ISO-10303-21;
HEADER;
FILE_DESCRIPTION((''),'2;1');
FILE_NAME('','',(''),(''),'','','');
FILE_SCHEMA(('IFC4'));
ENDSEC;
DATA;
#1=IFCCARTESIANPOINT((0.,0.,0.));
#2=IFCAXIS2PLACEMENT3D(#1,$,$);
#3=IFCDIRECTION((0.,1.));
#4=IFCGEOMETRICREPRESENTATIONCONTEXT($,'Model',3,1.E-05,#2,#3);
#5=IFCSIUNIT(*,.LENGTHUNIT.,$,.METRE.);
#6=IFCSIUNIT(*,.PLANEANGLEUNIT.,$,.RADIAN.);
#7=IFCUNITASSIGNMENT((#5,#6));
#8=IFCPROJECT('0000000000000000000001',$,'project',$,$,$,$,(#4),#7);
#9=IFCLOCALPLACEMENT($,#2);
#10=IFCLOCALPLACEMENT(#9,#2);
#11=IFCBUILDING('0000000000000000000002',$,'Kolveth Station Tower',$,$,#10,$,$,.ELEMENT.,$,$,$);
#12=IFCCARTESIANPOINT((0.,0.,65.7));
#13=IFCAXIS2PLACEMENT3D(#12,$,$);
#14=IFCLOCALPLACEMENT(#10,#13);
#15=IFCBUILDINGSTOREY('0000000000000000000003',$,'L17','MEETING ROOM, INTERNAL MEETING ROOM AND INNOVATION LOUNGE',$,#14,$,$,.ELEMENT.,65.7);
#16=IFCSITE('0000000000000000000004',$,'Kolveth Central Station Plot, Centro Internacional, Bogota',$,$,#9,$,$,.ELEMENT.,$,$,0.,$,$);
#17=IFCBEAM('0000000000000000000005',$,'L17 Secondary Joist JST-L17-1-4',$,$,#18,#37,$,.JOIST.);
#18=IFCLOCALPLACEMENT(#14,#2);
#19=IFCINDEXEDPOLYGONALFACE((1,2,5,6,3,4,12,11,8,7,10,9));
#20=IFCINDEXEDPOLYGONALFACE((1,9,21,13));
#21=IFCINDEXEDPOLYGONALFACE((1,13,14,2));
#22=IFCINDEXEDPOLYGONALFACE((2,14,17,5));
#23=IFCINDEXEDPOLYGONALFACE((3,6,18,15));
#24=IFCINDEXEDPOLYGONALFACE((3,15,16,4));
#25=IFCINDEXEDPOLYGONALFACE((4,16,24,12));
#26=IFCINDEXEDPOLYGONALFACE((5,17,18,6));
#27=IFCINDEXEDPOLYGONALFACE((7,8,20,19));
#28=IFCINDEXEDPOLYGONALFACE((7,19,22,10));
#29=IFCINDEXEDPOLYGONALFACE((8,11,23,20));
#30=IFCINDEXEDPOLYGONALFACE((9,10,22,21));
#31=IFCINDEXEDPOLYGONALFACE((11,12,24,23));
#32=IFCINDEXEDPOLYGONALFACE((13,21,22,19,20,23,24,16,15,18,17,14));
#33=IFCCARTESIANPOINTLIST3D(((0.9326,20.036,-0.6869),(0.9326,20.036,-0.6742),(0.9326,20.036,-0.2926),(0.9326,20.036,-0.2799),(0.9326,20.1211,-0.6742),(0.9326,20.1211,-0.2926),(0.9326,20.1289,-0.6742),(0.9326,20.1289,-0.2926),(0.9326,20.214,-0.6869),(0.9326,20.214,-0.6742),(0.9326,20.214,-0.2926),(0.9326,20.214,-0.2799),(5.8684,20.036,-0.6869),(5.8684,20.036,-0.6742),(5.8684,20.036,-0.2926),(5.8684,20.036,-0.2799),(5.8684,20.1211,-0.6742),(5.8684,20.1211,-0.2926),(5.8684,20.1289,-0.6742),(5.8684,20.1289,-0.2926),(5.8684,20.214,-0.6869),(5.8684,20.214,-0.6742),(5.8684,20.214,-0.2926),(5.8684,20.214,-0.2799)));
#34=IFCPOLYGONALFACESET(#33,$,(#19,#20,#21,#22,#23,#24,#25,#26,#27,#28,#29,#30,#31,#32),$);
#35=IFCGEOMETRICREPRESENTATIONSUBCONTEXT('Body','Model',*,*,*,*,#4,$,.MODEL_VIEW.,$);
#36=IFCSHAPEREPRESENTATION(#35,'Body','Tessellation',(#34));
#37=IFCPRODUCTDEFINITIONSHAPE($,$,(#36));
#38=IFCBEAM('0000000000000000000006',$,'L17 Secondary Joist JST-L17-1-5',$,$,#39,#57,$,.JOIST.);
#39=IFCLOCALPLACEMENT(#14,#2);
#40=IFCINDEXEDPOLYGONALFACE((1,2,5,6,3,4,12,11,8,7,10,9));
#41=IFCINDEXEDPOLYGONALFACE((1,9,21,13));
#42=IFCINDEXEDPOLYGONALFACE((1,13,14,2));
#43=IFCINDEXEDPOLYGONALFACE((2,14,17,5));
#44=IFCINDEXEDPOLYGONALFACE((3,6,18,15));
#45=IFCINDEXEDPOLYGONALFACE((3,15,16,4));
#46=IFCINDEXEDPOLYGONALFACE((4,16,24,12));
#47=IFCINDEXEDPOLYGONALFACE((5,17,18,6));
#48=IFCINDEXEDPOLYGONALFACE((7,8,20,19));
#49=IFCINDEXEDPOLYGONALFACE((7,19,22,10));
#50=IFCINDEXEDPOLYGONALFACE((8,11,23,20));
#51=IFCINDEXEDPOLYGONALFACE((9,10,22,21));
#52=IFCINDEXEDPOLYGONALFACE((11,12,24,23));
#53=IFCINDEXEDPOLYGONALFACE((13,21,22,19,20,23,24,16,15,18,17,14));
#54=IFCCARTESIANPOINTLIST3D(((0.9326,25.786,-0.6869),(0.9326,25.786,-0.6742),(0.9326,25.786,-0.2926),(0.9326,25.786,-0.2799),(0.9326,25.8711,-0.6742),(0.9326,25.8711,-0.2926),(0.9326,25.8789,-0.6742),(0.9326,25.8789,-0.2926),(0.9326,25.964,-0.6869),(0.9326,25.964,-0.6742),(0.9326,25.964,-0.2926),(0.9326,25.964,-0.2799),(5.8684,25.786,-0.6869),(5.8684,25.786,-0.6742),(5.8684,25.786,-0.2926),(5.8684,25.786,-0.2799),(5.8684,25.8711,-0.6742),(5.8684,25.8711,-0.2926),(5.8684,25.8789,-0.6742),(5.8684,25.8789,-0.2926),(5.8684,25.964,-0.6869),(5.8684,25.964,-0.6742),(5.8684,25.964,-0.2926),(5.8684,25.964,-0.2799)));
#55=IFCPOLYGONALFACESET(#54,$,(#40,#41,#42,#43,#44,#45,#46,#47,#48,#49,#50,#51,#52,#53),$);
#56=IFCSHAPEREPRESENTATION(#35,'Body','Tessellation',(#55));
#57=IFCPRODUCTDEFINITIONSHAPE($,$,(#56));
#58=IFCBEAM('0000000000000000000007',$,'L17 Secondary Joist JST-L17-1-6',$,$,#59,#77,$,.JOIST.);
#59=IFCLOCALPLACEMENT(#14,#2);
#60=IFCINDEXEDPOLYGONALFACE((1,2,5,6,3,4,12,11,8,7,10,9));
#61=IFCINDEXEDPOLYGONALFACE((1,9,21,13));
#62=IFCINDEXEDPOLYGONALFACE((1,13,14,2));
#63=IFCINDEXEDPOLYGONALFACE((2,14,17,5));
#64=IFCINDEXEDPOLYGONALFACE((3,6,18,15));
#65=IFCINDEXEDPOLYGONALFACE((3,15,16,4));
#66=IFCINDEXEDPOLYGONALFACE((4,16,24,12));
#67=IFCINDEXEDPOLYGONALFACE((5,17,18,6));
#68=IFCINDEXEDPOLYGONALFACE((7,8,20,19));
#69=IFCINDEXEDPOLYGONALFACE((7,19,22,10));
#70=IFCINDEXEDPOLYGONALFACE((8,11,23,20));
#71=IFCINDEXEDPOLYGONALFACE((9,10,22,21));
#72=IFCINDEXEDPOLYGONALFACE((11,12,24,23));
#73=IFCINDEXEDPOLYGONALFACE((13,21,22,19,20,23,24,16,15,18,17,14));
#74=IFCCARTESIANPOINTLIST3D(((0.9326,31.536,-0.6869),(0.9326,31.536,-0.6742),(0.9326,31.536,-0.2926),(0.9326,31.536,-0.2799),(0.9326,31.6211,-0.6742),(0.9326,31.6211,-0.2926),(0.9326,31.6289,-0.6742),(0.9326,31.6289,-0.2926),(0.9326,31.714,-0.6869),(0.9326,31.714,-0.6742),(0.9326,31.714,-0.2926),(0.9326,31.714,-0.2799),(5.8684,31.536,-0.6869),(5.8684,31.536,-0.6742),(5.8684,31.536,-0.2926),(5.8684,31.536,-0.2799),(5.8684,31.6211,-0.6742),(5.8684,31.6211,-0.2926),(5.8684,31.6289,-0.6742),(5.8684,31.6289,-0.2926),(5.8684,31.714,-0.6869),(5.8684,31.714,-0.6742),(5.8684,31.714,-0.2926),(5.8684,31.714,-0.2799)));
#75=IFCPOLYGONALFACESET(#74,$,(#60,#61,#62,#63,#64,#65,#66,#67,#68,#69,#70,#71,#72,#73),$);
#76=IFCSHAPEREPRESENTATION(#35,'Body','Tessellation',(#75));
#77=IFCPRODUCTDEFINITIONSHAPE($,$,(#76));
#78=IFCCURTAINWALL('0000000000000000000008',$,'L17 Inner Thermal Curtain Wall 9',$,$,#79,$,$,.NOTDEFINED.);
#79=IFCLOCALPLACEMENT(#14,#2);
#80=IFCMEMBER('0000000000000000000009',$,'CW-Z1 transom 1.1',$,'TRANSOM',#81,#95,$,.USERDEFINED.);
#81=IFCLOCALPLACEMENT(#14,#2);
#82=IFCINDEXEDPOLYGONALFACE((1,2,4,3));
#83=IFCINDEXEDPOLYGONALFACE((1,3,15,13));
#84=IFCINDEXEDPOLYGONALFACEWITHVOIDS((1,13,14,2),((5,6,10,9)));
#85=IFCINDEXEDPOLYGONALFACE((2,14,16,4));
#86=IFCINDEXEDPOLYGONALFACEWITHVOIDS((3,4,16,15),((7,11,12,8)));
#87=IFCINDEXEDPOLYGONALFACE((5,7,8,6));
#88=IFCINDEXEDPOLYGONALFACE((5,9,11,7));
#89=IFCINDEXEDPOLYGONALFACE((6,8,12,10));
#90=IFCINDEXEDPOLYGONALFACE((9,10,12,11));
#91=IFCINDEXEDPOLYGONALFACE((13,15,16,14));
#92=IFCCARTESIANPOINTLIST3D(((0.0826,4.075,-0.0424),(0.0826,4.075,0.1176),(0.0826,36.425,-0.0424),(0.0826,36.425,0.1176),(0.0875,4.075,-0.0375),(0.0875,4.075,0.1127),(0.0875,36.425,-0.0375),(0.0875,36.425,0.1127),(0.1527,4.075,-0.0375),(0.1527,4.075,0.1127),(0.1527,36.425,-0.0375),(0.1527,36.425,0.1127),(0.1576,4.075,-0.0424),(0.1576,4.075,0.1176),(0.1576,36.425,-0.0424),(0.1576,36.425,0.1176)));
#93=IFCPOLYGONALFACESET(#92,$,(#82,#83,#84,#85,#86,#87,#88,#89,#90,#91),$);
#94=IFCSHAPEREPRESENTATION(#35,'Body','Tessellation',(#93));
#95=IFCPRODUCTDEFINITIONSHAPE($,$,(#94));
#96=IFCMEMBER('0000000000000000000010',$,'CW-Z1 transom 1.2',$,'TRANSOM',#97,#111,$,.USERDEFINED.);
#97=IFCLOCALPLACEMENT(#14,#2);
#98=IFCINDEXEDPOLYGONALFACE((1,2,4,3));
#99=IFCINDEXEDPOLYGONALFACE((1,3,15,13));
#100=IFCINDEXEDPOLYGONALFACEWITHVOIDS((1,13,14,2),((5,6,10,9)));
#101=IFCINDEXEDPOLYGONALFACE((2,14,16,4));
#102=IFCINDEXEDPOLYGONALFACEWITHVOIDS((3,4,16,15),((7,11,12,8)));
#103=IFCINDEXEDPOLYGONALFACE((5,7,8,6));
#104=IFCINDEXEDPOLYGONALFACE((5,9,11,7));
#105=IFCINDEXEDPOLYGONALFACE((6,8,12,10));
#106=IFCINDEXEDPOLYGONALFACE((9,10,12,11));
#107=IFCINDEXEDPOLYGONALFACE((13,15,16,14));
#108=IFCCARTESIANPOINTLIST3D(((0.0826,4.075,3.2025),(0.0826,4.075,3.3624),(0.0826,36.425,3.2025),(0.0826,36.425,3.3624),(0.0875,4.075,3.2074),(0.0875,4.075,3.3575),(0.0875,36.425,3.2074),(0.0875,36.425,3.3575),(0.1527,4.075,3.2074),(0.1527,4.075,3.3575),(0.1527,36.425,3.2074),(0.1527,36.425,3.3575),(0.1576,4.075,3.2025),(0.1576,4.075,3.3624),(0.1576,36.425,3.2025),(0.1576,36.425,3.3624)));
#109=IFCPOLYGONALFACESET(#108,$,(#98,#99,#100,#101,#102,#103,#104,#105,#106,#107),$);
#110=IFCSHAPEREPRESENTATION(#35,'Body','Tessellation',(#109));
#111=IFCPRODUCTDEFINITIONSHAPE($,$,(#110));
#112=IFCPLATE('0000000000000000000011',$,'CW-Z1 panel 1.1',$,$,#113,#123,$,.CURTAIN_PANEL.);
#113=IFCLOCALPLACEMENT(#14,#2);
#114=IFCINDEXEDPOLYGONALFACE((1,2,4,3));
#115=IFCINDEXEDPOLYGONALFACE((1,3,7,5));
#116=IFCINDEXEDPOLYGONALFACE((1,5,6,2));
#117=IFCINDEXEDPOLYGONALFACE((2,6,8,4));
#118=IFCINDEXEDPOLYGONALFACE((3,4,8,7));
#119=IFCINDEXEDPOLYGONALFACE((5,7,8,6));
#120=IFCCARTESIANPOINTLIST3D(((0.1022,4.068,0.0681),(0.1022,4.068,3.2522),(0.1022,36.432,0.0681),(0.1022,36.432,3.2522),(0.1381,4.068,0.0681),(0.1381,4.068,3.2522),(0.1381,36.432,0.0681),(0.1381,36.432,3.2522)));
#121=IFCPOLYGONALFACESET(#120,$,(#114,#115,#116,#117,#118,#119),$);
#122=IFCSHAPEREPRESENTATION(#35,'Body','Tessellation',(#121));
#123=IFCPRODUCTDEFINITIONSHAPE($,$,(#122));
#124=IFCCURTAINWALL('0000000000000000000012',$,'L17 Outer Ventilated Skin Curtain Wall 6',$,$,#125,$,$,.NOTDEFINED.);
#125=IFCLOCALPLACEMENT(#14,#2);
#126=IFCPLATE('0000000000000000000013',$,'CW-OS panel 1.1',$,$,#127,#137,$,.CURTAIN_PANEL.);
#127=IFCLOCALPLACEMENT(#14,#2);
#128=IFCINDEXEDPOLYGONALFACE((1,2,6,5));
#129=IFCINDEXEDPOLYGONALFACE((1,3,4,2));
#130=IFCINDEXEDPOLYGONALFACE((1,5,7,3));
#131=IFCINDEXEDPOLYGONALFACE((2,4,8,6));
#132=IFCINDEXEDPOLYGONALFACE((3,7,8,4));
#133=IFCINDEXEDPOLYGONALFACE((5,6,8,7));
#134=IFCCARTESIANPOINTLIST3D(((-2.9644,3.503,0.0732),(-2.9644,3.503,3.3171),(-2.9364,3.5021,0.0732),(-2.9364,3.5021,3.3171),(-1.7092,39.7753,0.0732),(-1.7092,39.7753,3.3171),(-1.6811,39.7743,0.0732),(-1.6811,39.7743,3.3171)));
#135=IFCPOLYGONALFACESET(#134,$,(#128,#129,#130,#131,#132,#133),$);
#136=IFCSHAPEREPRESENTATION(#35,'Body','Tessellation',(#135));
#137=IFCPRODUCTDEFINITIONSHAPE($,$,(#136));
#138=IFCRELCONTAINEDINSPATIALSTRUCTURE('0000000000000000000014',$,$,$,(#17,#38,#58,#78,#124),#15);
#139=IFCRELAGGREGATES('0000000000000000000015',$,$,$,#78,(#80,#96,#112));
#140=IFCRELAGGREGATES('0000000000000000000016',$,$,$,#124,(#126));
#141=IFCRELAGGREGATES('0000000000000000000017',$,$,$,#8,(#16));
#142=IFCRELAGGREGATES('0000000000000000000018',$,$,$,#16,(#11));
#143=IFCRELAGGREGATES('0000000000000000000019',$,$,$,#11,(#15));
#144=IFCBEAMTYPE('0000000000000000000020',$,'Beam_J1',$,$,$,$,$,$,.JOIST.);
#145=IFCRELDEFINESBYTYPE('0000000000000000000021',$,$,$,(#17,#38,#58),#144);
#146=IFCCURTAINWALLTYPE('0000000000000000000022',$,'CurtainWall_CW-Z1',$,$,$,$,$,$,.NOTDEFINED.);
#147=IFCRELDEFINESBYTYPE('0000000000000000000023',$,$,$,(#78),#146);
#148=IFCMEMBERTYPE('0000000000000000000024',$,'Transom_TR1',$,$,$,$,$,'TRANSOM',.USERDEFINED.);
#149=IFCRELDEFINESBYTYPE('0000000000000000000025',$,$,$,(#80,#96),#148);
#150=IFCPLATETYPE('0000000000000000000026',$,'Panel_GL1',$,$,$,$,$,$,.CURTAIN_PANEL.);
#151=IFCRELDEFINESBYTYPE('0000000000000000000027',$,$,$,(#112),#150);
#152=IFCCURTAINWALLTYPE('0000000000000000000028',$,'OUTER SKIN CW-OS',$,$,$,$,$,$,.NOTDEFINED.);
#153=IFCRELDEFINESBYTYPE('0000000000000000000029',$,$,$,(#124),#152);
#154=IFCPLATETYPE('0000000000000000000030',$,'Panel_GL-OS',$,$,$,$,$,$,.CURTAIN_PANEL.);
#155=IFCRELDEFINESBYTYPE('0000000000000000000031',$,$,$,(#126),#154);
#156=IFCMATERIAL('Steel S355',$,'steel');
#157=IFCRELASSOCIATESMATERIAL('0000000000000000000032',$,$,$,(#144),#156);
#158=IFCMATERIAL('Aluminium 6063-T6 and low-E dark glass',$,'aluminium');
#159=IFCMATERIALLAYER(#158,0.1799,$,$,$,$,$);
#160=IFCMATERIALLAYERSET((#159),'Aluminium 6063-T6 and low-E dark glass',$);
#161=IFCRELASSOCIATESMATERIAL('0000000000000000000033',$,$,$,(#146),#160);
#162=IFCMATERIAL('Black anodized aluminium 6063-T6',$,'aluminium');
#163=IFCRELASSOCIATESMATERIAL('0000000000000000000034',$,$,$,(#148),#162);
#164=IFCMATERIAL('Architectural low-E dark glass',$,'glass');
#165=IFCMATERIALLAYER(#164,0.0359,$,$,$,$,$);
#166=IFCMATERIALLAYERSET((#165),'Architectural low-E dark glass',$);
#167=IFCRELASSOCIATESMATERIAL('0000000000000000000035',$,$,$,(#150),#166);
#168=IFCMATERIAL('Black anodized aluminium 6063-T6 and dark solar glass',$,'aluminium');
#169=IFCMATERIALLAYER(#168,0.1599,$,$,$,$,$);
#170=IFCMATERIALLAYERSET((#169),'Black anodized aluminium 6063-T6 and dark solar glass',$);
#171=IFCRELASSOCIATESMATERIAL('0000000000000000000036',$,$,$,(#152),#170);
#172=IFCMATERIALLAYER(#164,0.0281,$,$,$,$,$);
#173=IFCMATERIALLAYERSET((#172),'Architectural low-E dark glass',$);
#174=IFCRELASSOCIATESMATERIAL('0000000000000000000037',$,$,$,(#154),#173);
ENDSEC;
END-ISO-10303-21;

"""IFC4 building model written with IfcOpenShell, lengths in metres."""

from ifc_helpers import new_model, si_unit, direction, frame, origin, origin_2d, place, context, subcontext, project, spatial, rectangle, hollow_rectangle, i_section, extrude, source, transform, mapped, material, layer, layer_set, material_profile, profile_set, type_object, element, aggregate, save


model = new_model("IFC4")

# Units and contexts
model_context = context("Model", 3, precision=1e-05, world=origin(), true_north=direction((0.0, 1.0)))
body_context = subcontext(model_context, "Body", "Model", "MODEL_VIEW")
ifc_project = project(units=[si_unit("LENGTHUNIT", "METRE"), si_unit("PLANEANGLEUNIT", "RADIAN")], contexts=[model_context])

# Site, building, storey
site_placement = place(None, origin())
site = spatial("IfcSite", under=ifc_project, at=site_placement, Name="Kolveth Central Station Plot, Centro Internacional, Bogota", CompositionType="ELEMENT", RefElevation=0.0)
building_placement = place(site_placement, origin())
building = spatial("IfcBuilding", under=site, at=building_placement, Name="Kolveth Station Tower", CompositionType="ELEMENT")
storey_placement = place(building_placement, frame((0.0, 0.0, 65.7)))
storey = spatial("IfcBuildingStorey", under=building, at=storey_placement, Name="L17", Description="MEETING ROOM, INTERNAL MEETING ROOM AND INNOVATION LOUNGE", CompositionType="ELEMENT", Elevation=65.7)

# Shared definitions
ifc_material_1 = material(Name="Steel S355", Category="steel")

# Beams
ifc_material_profile_1 = material_profile(ifc_material_1, i_section(OverallWidth=0.178, OverallDepth=0.407, WebThickness=0.0078, FlangeThickness=0.0127, at=origin_2d()), Name="W410x60")
ifc_profile_set_1 = profile_set([ifc_material_profile_1], Name="Steel S355")
beam_type_1 = type_object("IfcBeamType", Name="Beam_J1", PredefinedType="JOIST", material=ifc_profile_set_1)
shared_shape_1 = source(origin(), body_context, "Body", "SweptSolid", [
    extrude(i_section(OverallWidth=0.178, OverallDepth=0.407, WebThickness=0.0078, FlangeThickness=0.0127, at=origin_2d()), origin(), (0.0, 0.0, 1.0), 4.9358),
])
for number, where, z_axis, x_axis, name in (
    (1, (0.9326, 20.125, -0.4834), (1.0, 0.0, 0.0), (0.0, 1.0, 0.0), "L17 Secondary Joist JST-L17-1-4"),
    (2, (0.9326, 25.875, -0.4834), (1.0, 0.0, 0.0), (0.0, 1.0, 0.0), "L17 Secondary Joist JST-L17-1-5"),
    (3, (0.9326, 31.625, -0.4834), (1.0, 0.0, 0.0), (0.0, 1.0, 0.0), "L17 Secondary Joist JST-L17-1-6"),
):
    element("IfcBeam", number, at=place(storey_placement, frame(where, z_axis=z_axis, x_axis=x_axis)), inside=storey, type_object=beam_type_1, Name=name, PredefinedType="JOIST", context=body_context, shape_type="MappedRepresentation", body=[
        mapped(shared_shape_1, transform((0.0, 0.0, 0.0), x_axis=(1.0, 0.0, 0.0), y_axis=(0.0, 1.0, 0.0), z_axis=(0.0, 0.0, 1.0), scale=1.0)),
    ])

# Curtain wall, members, plate
ifc_material_2 = material(Name="Aluminium 6063-T6 and low-E dark glass", Category="aluminium")
ifc_layer_1 = layer(ifc_material_2, 0.1799)
ifc_layer_set_1 = layer_set([ifc_layer_1], Name="Aluminium 6063-T6 and low-E dark glass")
curtain_wall_type_1 = type_object("IfcCurtainWallType", Name="CurtainWall_CW-Z1", PredefinedType="NOTDEFINED", material=ifc_layer_set_1)
curtain_wall_1_placement = place(storey_placement, origin())
curtain_wall_1 = element("IfcCurtainWall", 4, at=curtain_wall_1_placement, inside=storey, type_object=curtain_wall_type_1, Name="L17 Inner Thermal Curtain Wall 9", PredefinedType="NOTDEFINED")
ifc_material_3 = material(Name="Black anodized aluminium 6063-T6", Category="aluminium")
ifc_material_profile_2 = material_profile(ifc_material_3, hollow_rectangle(XDim=0.075, YDim=0.1599, WallThickness=0.0049, at=origin_2d()), Name="ALU-75x160x5")
ifc_profile_set_2 = profile_set([ifc_material_profile_2], Name="Black anodized aluminium 6063-T6")
member_type = type_object("IfcMemberType", Name="Transom_TR1", ElementType="TRANSOM", PredefinedType="USERDEFINED", material=ifc_profile_set_2)
shared_shape_2 = source(origin(), body_context, "Body", "SweptSolid", [
    extrude(hollow_rectangle(XDim=0.075, YDim=0.1599, WallThickness=0.0049, at=origin_2d()), origin(), (0.0, 0.0, 1.0), 32.3501),
])
member_1_placement = place(storey_placement, frame((0.1201, 36.425, 0.0376), z_axis=(0.0, -1.0, 0.0), x_axis=(1.0, 0.0, 0.0)))
member_1 = element("IfcMember", 5, at=member_1_placement, type_object=member_type, Name="CW-Z1 transom 1.1", ObjectType="TRANSOM", PredefinedType="USERDEFINED", context=body_context, shape_type="MappedRepresentation", body=[
    mapped(shared_shape_2, transform((0.0, 0.0, 0.0), x_axis=(1.0, 0.0, 0.0), y_axis=(0.0, 1.0, 0.0), z_axis=(0.0, 0.0, 1.0), scale=1.0)),
])
member_2_placement = place(storey_placement, frame((0.1201, 36.425, 3.2825), z_axis=(0.0, -1.0, 0.0), x_axis=(1.0, 0.0, 0.0)))
member_2 = element("IfcMember", 6, at=member_2_placement, type_object=member_type, Name="CW-Z1 transom 1.2", ObjectType="TRANSOM", PredefinedType="USERDEFINED", context=body_context, shape_type="MappedRepresentation", body=[
    mapped(shared_shape_2, transform((0.0, 0.0, 0.0), x_axis=(1.0, 0.0, 0.0), y_axis=(0.0, 1.0, 0.0), z_axis=(0.0, 0.0, 1.0), scale=1.0)),
])
ifc_material_4 = material(Name="Architectural low-E dark glass", Category="glass")
ifc_layer_2 = layer(ifc_material_4, 0.0359)
ifc_layer_set_2 = layer_set([ifc_layer_2], Name="Architectural low-E dark glass")
plate_type_1 = type_object("IfcPlateType", Name="Panel_GL1", PredefinedType="CURTAIN_PANEL", material=ifc_layer_set_2)
shared_shape_3 = source(origin(), body_context, "Body", "SweptSolid", [
    extrude(rectangle(XDim=32.364, YDim=0.0359, at=origin_2d()), origin(), (0.0, 0.0, 1.0), 3.1841),
])
plate_1_placement = place(storey_placement, frame((0.1201, 20.25, 0.0681), z_axis=(0.0, 0.0, 1.0), x_axis=(0.0, -1.0, 0.0)))
plate_1 = element("IfcPlate", 7, at=plate_1_placement, type_object=plate_type_1, Name="CW-Z1 panel 1.1", PredefinedType="CURTAIN_PANEL", context=body_context, shape_type="MappedRepresentation", body=[
    mapped(shared_shape_3, transform((0.0, 0.0, 0.0), x_axis=(1.0, 0.0, 0.0), y_axis=(0.0, 1.0, 0.0), z_axis=(0.0, 0.0, 1.0), scale=1.0)),
])
aggregate(curtain_wall_1, [member_1, member_2, plate_1])

# Curtain wall, plate
ifc_material_5 = material(Name="Black anodized aluminium 6063-T6 and dark solar glass", Category="aluminium")
ifc_layer_3 = layer(ifc_material_5, 0.1599)
ifc_layer_set_3 = layer_set([ifc_layer_3], Name="Black anodized aluminium 6063-T6 and dark solar glass")
curtain_wall_type_2 = type_object("IfcCurtainWallType", Name="OUTER SKIN CW-OS", PredefinedType="NOTDEFINED", material=ifc_layer_set_3)
curtain_wall_2_placement = place(storey_placement, origin())
curtain_wall_2 = element("IfcCurtainWall", 8, at=curtain_wall_2_placement, inside=storey, type_object=curtain_wall_type_2, Name="L17 Outer Ventilated Skin Curtain Wall 6", PredefinedType="NOTDEFINED")
ifc_layer_4 = layer(ifc_material_4, 0.0281)
ifc_layer_set_4 = layer_set([ifc_layer_4], Name="Architectural low-E dark glass")
plate_type_2 = type_object("IfcPlateType", Name="Panel_GL-OS", PredefinedType="CURTAIN_PANEL", material=ifc_layer_set_4)
shared_shape_4 = source(origin(), body_context, "Body", "SweptSolid", [
    extrude(rectangle(XDim=36.2939, YDim=0.0281, at=origin_2d()), origin(), (0.0, 0.0, 1.0), 3.2439),
])
plate_2_placement = place(storey_placement, frame((-2.3228, 21.6387, 0.0732), z_axis=(0.0, 0.0, 1.0), x_axis=(-0.034586, -0.999402, 0.0)))
plate_2 = element("IfcPlate", 9, at=plate_2_placement, type_object=plate_type_2, Name="CW-OS panel 1.1", PredefinedType="CURTAIN_PANEL", context=body_context, shape_type="MappedRepresentation", body=[
    mapped(shared_shape_4, transform((0.0, 0.0, 0.0), x_axis=(1.0, 0.0, 0.0), y_axis=(0.0, 1.0, 0.0), z_axis=(0.0, 0.0, 1.0), scale=1.0)),
])
aggregate(curtain_wall_2, [plate_2])

save(model, "model.ifc")
